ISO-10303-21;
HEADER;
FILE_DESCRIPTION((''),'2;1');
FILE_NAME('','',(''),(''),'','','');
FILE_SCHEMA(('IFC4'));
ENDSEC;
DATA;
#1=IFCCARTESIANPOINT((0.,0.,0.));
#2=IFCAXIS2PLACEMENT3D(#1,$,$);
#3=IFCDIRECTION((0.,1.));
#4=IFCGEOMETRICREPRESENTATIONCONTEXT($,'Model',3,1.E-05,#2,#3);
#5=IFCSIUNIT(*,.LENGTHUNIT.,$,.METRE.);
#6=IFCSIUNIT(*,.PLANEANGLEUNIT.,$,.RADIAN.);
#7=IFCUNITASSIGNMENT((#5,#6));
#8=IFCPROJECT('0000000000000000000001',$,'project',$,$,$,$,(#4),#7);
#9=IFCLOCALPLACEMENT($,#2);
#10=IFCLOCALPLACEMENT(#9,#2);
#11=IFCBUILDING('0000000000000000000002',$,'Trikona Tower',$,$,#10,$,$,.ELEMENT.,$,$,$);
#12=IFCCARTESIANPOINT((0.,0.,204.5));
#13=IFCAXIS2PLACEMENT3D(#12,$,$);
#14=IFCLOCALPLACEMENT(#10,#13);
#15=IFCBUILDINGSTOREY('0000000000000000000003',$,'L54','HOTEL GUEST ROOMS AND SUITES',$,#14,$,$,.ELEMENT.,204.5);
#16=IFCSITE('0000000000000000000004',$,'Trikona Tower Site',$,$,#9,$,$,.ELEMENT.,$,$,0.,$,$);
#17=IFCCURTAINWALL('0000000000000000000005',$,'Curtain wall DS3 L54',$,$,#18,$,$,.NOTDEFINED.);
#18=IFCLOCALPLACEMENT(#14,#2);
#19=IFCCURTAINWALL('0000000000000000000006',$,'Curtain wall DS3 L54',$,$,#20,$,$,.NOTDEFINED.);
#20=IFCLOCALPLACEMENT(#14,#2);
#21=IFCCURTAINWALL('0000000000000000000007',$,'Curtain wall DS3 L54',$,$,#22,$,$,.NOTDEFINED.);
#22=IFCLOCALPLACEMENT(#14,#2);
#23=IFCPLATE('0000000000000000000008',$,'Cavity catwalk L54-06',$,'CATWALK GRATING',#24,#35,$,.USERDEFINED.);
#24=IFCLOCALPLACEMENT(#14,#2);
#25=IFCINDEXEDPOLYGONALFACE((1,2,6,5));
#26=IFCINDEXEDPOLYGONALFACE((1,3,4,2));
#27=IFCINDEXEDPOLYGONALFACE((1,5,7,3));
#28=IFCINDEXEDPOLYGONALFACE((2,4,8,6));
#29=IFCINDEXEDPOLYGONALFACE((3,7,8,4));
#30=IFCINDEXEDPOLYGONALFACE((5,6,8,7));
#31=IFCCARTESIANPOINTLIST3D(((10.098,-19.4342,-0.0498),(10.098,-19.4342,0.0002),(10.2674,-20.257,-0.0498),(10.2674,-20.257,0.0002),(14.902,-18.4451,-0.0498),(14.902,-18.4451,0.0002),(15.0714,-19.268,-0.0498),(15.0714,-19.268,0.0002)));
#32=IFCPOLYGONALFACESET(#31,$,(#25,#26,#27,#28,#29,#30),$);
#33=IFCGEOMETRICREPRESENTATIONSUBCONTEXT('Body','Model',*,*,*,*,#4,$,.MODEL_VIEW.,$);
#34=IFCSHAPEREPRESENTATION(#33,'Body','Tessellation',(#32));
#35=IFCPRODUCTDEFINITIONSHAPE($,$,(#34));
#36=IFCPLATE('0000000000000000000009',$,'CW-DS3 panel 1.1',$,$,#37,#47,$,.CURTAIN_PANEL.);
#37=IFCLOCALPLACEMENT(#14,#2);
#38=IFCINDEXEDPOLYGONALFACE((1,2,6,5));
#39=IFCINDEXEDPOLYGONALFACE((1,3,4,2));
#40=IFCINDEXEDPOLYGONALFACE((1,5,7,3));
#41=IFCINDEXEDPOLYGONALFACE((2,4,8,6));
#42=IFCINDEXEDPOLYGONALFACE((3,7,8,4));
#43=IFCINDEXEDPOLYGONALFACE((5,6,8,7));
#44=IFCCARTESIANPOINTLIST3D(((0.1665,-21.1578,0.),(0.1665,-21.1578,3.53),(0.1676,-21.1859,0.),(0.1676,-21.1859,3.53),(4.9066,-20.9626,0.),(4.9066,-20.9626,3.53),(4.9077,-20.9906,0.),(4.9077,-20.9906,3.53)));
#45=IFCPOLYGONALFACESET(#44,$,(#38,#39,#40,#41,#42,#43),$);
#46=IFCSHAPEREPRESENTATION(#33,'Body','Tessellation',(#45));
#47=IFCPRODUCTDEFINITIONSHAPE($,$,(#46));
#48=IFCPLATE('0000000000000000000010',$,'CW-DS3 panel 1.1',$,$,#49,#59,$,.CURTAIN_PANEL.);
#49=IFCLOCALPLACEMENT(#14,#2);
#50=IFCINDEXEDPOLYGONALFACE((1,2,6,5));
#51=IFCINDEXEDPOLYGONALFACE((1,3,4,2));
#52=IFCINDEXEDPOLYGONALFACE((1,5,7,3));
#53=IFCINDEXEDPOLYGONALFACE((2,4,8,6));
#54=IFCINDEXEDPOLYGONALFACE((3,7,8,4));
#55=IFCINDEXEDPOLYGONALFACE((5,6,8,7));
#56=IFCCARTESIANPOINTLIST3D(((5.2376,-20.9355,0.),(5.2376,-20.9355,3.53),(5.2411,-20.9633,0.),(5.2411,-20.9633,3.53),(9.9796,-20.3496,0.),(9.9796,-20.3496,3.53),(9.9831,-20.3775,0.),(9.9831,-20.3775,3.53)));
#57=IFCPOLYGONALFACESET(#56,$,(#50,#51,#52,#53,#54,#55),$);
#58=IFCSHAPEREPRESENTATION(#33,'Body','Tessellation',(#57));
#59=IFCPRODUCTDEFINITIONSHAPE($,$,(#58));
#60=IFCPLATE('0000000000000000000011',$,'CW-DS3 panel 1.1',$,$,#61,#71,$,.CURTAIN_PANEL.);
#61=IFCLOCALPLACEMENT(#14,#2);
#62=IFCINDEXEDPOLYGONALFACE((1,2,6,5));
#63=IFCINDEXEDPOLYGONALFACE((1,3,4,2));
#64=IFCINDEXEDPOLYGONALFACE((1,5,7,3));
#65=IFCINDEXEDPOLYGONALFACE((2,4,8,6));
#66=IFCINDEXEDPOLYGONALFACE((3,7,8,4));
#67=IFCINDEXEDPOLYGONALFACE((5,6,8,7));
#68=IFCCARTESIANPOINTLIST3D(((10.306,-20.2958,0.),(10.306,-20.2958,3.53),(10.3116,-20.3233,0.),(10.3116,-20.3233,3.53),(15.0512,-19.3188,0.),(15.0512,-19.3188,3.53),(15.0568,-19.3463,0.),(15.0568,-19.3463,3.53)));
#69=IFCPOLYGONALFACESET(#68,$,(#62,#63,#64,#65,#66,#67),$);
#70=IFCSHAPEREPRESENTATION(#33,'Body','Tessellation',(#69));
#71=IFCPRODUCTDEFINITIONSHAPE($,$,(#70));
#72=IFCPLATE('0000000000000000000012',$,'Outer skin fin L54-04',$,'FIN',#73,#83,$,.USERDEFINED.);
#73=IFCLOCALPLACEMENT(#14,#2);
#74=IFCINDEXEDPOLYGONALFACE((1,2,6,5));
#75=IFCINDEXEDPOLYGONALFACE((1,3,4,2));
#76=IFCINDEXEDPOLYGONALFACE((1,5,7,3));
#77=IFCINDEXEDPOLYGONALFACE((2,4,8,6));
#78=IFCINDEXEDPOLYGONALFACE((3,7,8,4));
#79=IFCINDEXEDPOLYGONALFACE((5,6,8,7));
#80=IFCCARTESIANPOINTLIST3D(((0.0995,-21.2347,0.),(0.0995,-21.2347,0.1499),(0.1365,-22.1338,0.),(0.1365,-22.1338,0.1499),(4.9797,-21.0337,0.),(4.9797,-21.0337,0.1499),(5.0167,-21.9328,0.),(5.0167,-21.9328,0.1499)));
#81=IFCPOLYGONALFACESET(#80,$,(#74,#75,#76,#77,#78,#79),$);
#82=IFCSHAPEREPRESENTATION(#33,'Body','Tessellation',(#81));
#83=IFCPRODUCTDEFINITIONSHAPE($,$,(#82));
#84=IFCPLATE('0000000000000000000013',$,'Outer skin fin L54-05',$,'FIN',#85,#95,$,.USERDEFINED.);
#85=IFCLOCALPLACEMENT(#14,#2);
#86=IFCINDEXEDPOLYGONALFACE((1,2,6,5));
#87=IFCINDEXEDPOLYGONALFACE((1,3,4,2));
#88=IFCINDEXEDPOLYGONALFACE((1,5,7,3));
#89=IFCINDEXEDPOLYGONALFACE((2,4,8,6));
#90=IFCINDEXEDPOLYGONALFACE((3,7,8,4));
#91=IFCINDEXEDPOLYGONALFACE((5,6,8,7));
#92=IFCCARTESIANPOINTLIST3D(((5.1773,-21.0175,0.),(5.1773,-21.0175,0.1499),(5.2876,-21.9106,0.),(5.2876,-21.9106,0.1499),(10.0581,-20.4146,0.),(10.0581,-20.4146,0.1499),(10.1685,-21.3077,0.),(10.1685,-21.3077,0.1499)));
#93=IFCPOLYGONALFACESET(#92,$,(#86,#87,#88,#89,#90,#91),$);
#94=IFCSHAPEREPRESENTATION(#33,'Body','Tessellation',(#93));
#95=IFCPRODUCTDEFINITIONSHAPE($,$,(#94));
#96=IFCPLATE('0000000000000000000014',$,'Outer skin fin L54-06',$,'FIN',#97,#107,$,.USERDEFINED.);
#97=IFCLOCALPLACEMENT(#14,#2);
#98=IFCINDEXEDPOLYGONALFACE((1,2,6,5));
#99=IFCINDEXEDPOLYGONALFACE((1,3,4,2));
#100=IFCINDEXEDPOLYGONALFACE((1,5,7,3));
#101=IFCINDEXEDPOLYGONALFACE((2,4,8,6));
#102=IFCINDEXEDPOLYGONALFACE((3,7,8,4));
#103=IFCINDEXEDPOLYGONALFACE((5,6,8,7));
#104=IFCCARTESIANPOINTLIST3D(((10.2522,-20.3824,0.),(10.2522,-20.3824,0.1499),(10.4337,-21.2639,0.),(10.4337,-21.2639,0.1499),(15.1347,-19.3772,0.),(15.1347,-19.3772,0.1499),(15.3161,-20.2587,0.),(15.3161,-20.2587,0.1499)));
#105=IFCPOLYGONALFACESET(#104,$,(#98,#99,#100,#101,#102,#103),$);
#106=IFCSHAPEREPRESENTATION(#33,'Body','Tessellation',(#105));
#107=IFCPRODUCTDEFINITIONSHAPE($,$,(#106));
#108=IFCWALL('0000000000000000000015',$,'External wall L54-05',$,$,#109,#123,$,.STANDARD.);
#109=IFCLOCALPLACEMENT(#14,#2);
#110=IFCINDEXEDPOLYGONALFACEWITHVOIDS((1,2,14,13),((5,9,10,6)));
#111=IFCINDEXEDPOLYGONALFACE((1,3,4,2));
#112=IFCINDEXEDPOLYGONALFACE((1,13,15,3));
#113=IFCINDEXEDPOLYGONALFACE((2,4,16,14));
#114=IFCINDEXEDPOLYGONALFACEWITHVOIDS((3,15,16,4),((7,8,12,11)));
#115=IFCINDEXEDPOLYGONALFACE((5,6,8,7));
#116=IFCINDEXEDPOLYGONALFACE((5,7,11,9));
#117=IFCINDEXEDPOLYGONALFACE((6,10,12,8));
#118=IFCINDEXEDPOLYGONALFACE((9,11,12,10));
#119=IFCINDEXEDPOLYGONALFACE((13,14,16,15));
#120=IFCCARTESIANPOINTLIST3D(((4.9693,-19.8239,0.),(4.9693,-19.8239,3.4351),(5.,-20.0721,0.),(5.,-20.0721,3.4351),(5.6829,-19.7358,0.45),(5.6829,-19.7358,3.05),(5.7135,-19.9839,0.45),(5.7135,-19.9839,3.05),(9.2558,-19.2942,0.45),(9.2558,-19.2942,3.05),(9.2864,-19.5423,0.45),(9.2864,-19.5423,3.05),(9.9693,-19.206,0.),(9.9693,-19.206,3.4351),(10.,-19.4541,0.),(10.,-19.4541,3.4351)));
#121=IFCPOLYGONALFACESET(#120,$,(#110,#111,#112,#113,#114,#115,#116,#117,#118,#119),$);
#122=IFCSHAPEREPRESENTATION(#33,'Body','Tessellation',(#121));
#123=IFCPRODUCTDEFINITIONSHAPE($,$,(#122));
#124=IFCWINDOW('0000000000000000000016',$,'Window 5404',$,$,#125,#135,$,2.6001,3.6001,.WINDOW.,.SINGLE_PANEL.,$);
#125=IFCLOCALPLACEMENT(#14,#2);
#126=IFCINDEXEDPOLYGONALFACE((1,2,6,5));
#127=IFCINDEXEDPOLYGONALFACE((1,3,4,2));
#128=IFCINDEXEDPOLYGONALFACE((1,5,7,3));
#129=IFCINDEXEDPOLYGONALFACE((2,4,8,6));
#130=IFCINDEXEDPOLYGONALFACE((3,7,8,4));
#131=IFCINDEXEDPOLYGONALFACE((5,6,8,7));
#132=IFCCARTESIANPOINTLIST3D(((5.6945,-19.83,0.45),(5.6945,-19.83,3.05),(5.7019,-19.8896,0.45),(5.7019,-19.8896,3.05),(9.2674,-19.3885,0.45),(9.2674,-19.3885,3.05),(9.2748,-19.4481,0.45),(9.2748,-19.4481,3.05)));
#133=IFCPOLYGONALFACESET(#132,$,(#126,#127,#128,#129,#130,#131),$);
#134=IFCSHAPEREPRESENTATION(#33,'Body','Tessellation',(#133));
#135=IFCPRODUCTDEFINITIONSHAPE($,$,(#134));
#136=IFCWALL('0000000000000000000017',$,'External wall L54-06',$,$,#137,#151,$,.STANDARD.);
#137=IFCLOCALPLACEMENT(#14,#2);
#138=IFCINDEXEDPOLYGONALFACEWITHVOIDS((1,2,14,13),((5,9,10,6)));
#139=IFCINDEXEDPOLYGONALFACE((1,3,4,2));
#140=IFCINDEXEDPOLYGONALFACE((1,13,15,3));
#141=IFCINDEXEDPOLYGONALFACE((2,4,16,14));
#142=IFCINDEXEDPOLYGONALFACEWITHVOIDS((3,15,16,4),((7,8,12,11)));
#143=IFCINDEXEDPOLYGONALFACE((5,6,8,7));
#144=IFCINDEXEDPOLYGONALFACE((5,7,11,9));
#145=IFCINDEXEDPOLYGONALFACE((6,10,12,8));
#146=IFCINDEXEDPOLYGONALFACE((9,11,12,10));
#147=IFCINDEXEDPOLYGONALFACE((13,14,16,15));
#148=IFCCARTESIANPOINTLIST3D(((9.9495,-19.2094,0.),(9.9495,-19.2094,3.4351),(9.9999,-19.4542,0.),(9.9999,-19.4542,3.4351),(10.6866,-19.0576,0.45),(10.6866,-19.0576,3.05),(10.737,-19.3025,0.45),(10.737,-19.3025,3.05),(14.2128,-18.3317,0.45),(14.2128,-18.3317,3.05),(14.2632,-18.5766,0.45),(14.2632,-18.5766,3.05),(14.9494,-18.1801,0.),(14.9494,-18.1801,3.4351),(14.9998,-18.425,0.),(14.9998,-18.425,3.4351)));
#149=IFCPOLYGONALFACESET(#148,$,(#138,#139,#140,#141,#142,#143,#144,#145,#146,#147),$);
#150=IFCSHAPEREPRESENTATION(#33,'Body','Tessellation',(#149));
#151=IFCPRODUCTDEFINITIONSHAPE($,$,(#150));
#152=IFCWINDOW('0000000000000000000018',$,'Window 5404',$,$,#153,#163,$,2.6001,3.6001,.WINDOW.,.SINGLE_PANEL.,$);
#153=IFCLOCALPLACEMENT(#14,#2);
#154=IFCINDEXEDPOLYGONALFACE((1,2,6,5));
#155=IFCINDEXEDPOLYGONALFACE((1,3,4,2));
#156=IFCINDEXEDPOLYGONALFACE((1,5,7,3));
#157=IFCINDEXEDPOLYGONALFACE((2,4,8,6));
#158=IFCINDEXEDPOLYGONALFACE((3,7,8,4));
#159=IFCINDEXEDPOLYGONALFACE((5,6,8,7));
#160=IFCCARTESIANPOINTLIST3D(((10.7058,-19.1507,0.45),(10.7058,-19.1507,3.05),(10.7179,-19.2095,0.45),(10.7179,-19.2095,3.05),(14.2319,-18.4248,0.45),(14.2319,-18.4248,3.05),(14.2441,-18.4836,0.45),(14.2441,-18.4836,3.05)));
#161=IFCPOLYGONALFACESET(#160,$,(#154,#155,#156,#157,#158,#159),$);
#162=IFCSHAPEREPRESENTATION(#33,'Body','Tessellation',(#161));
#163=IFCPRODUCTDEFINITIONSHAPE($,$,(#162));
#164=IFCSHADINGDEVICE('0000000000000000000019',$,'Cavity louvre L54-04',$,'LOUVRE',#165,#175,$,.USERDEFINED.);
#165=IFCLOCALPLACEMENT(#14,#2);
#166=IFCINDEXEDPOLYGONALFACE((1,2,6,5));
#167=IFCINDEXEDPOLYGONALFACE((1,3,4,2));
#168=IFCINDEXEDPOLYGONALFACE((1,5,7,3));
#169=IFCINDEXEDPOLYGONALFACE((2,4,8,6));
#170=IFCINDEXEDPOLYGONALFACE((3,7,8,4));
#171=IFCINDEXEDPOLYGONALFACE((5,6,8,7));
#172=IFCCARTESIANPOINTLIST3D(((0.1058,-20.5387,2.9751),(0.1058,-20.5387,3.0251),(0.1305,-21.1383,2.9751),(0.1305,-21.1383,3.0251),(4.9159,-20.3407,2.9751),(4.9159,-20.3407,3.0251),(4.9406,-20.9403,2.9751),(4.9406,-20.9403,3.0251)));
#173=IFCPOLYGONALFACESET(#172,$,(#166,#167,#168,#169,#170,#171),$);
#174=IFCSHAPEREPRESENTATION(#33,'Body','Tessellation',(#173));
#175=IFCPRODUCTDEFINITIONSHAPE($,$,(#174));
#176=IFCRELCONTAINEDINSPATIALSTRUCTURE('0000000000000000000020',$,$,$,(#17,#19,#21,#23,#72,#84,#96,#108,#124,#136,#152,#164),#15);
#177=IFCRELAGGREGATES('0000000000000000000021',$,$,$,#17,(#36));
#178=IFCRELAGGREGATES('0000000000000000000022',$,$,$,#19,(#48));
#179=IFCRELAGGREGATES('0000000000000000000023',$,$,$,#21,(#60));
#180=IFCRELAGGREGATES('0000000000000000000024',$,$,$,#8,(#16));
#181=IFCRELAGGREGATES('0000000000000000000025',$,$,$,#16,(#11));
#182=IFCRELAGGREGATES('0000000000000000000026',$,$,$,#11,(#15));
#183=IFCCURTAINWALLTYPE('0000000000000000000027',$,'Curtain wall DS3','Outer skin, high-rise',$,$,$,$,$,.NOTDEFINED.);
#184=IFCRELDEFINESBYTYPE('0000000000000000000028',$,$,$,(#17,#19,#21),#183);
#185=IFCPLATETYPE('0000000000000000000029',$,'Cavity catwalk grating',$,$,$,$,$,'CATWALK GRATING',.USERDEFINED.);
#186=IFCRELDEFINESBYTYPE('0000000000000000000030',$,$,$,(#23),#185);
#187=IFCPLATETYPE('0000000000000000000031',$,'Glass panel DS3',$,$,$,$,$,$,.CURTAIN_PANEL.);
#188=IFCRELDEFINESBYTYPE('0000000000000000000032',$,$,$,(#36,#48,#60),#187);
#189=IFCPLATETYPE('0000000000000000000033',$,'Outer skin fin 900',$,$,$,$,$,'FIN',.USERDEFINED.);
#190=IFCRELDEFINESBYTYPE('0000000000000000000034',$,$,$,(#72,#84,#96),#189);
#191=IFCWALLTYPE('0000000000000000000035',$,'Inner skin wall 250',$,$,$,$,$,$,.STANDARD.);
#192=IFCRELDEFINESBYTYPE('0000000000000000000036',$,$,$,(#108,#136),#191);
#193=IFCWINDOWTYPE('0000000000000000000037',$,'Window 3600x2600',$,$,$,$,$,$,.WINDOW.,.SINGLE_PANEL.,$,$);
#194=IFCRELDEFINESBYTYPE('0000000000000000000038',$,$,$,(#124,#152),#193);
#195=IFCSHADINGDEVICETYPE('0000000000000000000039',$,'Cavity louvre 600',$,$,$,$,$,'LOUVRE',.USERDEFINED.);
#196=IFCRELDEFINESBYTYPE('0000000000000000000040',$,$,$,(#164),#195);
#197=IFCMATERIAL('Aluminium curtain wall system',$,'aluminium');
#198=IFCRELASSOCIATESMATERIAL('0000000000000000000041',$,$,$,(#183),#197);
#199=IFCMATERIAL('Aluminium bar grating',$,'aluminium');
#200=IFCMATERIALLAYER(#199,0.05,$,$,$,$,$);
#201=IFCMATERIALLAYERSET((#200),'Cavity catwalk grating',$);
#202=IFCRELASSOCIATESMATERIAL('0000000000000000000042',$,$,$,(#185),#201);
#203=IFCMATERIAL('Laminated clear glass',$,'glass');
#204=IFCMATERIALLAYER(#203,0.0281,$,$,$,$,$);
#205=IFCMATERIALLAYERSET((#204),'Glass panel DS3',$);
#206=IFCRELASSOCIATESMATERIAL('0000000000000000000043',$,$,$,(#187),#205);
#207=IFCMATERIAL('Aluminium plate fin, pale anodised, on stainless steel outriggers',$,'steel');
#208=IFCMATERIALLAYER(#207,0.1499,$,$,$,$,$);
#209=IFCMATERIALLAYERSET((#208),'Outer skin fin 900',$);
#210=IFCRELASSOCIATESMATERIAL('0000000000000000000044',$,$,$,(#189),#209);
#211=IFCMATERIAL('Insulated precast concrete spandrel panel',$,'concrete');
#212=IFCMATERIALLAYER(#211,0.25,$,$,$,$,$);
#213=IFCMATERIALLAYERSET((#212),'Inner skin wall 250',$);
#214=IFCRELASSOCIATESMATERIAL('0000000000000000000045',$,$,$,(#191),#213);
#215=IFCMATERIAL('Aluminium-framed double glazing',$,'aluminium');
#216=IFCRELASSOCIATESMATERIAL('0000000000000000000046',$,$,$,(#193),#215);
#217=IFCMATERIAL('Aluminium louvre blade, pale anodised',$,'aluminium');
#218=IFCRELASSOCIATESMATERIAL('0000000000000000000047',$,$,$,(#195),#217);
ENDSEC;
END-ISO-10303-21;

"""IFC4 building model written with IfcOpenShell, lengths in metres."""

from ifc_helpers import new_model, si_unit, direction, frame, frame_2d, origin, origin_2d, place, context, subcontext, project, spatial, rectangle, extrude, material, layer, layer_set, type_object, element, fill, aggregate, save


model = new_model("IFC4")

# Units and contexts
model_context = context("Model", 3, precision=1e-05, world=origin(), true_north=direction((0.0, 1.0)))
body_context = subcontext(model_context, "Body", "Model", "MODEL_VIEW")
ifc_project = project(units=[si_unit("LENGTHUNIT", "METRE"), si_unit("PLANEANGLEUNIT", "RADIAN")], contexts=[model_context])

# Site, building, storey
site_placement = place(None, origin())
site = spatial("IfcSite", under=ifc_project, at=site_placement, Name="Trikona Tower Site", CompositionType="ELEMENT", RefElevation=0.0)
building_placement = place(site_placement, origin())
building = spatial("IfcBuilding", under=site, at=building_placement, Name="Trikona Tower", CompositionType="ELEMENT")
storey_placement = place(building_placement, frame((0.0, 0.0, 204.5)))
storey = spatial("IfcBuildingStorey", under=building, at=storey_placement, Name="L54", Description="HOTEL GUEST ROOMS AND SUITES", CompositionType="ELEMENT", Elevation=204.5)

# Curtain walls
ifc_material_1 = material(Name="Aluminium curtain wall system", Category="aluminium")
curtain_wall_type = type_object("IfcCurtainWallType", Name="Curtain wall DS3", Description="Outer skin, high-rise", PredefinedType="NOTDEFINED", material=ifc_material_1)
curtain_wall_1_placement = place(storey_placement, origin())
curtain_wall_1 = element("IfcCurtainWall", 1, at=curtain_wall_1_placement, inside=storey, type_object=curtain_wall_type, Name="Curtain wall DS3 L54", PredefinedType="NOTDEFINED")
curtain_wall_2_placement = place(storey_placement, origin())
curtain_wall_2 = element("IfcCurtainWall", 2, at=curtain_wall_2_placement, inside=storey, type_object=curtain_wall_type, Name="Curtain wall DS3 L54", PredefinedType="NOTDEFINED")

# Curtain wall
curtain_wall_3_placement = place(storey_placement, origin())
curtain_wall_3 = element("IfcCurtainWall", 3, at=curtain_wall_3_placement, inside=storey, type_object=curtain_wall_type, Name="Curtain wall DS3 L54", PredefinedType="NOTDEFINED")

# Plate
ifc_material_2 = material(Name="Aluminium bar grating", Category="aluminium")
ifc_layer_1 = layer(ifc_material_2, 0.05)
ifc_layer_set_1 = layer_set([ifc_layer_1], Name="Cavity catwalk grating")
plate_type_1 = type_object("IfcPlateType", Name="Cavity catwalk grating", ElementType="CATWALK GRATING", PredefinedType="USERDEFINED", material=ifc_layer_set_1)
plate_1_placement = place(storey_placement, frame((12.5847, -19.3511, -0.0498), z_axis=(0.0, 0.0, 1.0), x_axis=(0.979458, 0.201651, 0.0)))
element("IfcPlate", 4, at=plate_1_placement, inside=storey, type_object=plate_type_1, Name="Cavity catwalk L54-06", ObjectType="CATWALK GRATING", PredefinedType="USERDEFINED", context=body_context, shape_type="SweptSolid", body=[
    extrude(rectangle(XDim=4.9048, YDim=0.8401, at=origin_2d()), origin(), (0.0, 0.0, 1.0), 0.05),
])

# Plates
ifc_material_3 = material(Name="Laminated clear glass", Category="glass")
ifc_layer_2 = layer(ifc_material_3, 0.0281)
ifc_layer_set_2 = layer_set([ifc_layer_2], Name="Glass panel DS3")
plate_type_2 = type_object("IfcPlateType", Name="Glass panel DS3", PredefinedType="CURTAIN_PANEL", material=ifc_layer_set_2)
plate_2_placement = place(storey_placement, frame((2.5371, -21.0742, 0.0), z_axis=(0.0, 0.0, 1.0), x_axis=(0.999153, 0.041153, 0.0)))
plate_2 = element("IfcPlate", 5, at=plate_2_placement, type_object=plate_type_2, Name="CW-DS3 panel 1.1", PredefinedType="CURTAIN_PANEL", context=body_context, shape_type="SweptSolid", body=[
    extrude(rectangle(XDim=4.7441, YDim=0.0281, at=origin_2d()), origin(), (0.0, 0.0, 1.0), 3.53),
])
aggregate(curtain_wall_1, [plate_2])
plate_3_placement = place(storey_placement, frame((7.6104, -20.6565, 0.0), z_axis=(0.0, 0.0, 1.0), x_axis=(0.992455, 0.122611, 0.0)))
plate_3 = element("IfcPlate", 6, at=plate_3_placement, type_object=plate_type_2, Name="CW-DS3 panel 1.1", PredefinedType="CURTAIN_PANEL", context=body_context, shape_type="SweptSolid", body=[
    extrude(rectangle(XDim=4.7781, YDim=0.0281, at=origin_2d()), origin(), (0.0, 0.0, 1.0), 3.53),
])
aggregate(curtain_wall_2, [plate_3])
plate_4_placement = place(storey_placement, frame((12.6814, -19.821, 0.0), z_axis=(0.0, 0.0, 1.0), x_axis=(0.979457, 0.201653, 0.0)))
plate_4 = element("IfcPlate", 7, at=plate_4_placement, type_object=plate_type_2, Name="CW-DS3 panel 1.1", PredefinedType="CURTAIN_PANEL", context=body_context, shape_type="SweptSolid", body=[
    extrude(rectangle(XDim=4.8447, YDim=0.0281, at=origin_2d()), origin(), (0.0, 0.0, 1.0), 3.53),
])
aggregate(curtain_wall_3, [plate_4])

# Plates
ifc_material_4 = material(Name="Aluminium plate fin, pale anodised, on stainless steel outriggers", Category="steel")
ifc_layer_3 = layer(ifc_material_4, 0.1499)
ifc_layer_set_3 = layer_set([ifc_layer_3], Name="Outer skin fin 900")
plate_type_3 = type_object("IfcPlateType", Name="Outer skin fin 900", ElementType="FIN", PredefinedType="USERDEFINED", material=ifc_layer_set_3)
plate_5_placement = place(storey_placement, frame((2.5581, -21.5837, 0.0), z_axis=(0.0, 0.0, 1.0), x_axis=(0.999153, 0.041145, 0.0)))
element("IfcPlate", 8, at=plate_5_placement, inside=storey, type_object=plate_type_3, Name="Outer skin fin L54-04", ObjectType="FIN", PredefinedType="USERDEFINED", context=body_context, shape_type="SweptSolid", body=[
    extrude(rectangle(XDim=4.8843, YDim=0.8999, at=origin_2d()), origin(), (0.0, 0.0, 1.0), 0.1499),
])
plate_6_placement = place(storey_placement, frame((7.6729, -21.1626, 0.0), z_axis=(0.0, 0.0, 1.0), x_axis=(0.992455, 0.122607, 0.0)))
element("IfcPlate", 9, at=plate_6_placement, inside=storey, type_object=plate_type_3, Name="Outer skin fin L54-05", ObjectType="FIN", PredefinedType="USERDEFINED", context=body_context, shape_type="SweptSolid", body=[
    extrude(rectangle(XDim=4.918, YDim=0.8999, at=origin_2d()), origin(), (0.0, 0.0, 1.0), 0.1499),
])
plate_7_placement = place(storey_placement, frame((12.7842, -20.3206, 0.0), z_axis=(0.0, 0.0, 1.0), x_axis=(0.979458, 0.201651, 0.0)))
element("IfcPlate", 10, at=plate_7_placement, inside=storey, type_object=plate_type_3, Name="Outer skin fin L54-06", ObjectType="FIN", PredefinedType="USERDEFINED", context=body_context, shape_type="SweptSolid", body=[
    extrude(rectangle(XDim=4.9849, YDim=0.8999, at=origin_2d()), origin(), (0.0, 0.0, 1.0), 0.1499),
])

# Walls, openings, windows
ifc_material_5 = material(Name="Insulated precast concrete spandrel panel", Category="concrete")
ifc_layer_4 = layer(ifc_material_5, 0.25)
ifc_layer_set_4 = layer_set([ifc_layer_4], Name="Inner skin wall 250")
wall_type = type_object("IfcWallType", Name="Inner skin wall 250", PredefinedType="STANDARD", material=ifc_layer_set_4)
wall_1_placement = place(storey_placement, frame((4.9846, -19.948, 0.0), z_axis=(0.0, 0.0, 1.0), x_axis=(0.99245, 0.122651, 0.0)))
wall_1 = element("IfcWall", 11, at=wall_1_placement, inside=storey, type_object=wall_type, Name="External wall L54-05", PredefinedType="STANDARD", context=body_context, shape_type="SweptSolid", body=[
    extrude(rectangle(XDim=5.0381, YDim=0.25, at=frame_2d((2.519, 0.0))), origin(), (0.0, 0.0, 1.0), 3.4351),
])
opening_1_placement = place(wall_1_placement, frame((0.719, 0.0, 0.45)))
opening_1 = element("IfcOpeningElement", 12, at=opening_1_placement, cuts=wall_1, PredefinedType="OPENING", context=body_context, shape_type="SweptSolid", body=[
    extrude(rectangle(XDim=3.6001, YDim=2.6001, at=frame_2d((1.8, 1.3))), frame((0.0, 0.135, 0.0), z_axis=(0.0, -1.0, 0.0), x_axis=(1.0, 0.0, 0.0)), (0.0, 0.0, 1.0), 0.27),
])
ifc_material_6 = material(Name="Aluminium-framed double glazing", Category="aluminium")
window_type = type_object("IfcWindowType", Name="Window 3600x2600", PartitioningType="SINGLE_PANEL", PredefinedType="WINDOW", material=ifc_material_6)
window_1_placement = place(opening_1_placement, origin())
window_1 = element("IfcWindow", 13, at=window_1_placement, inside=storey, type_object=window_type, Name="Window 5404", OverallHeight=2.6001, OverallWidth=3.6001, PartitioningType="SINGLE_PANEL", PredefinedType="WINDOW", context=body_context, shape_type="SweptSolid", body=[
    extrude(rectangle(XDim=3.6001, YDim=2.6001, at=frame_2d((1.8, 1.3))), frame((0.0, 0.03, 0.0), z_axis=(0.0, -1.0, 0.0), x_axis=(1.0, 0.0, 0.0)), (0.0, 0.0, 1.0), 0.0601),
])
fill(opening_1, window_1)
wall_2_placement = place(storey_placement, frame((9.9749, -19.3318, 0.0), z_axis=(0.0, 0.0, 1.0), x_axis=(0.979461, 0.201631, 0.0)))
wall_2 = element("IfcWall", 14, at=wall_2_placement, inside=storey, type_object=wall_type, Name="External wall L54-06", PredefinedType="STANDARD", context=body_context, shape_type="SweptSolid", body=[
    extrude(rectangle(XDim=5.1047, YDim=0.25, at=frame_2d((2.5522, 0.0))), origin(), (0.0, 0.0, 1.0), 3.4351),
])
opening_2_placement = place(wall_2_placement, frame((0.7524, 0.0, 0.45)))
opening_2 = element("IfcOpeningElement", 15, at=opening_2_placement, cuts=wall_2, PredefinedType="OPENING", context=body_context, shape_type="SweptSolid", body=[
    extrude(rectangle(XDim=3.6001, YDim=2.6001, at=frame_2d((1.8, 1.3))), frame((0.0, 0.135, 0.0), z_axis=(0.0, -1.0, 0.0), x_axis=(1.0, 0.0, 0.0)), (0.0, 0.0, 1.0), 0.27),
])
window_2_placement = place(opening_2_placement, origin())
window_2 = element("IfcWindow", 16, at=window_2_placement, inside=storey, type_object=window_type, Name="Window 5404", OverallHeight=2.6001, OverallWidth=3.6001, PartitioningType="SINGLE_PANEL", PredefinedType="WINDOW", context=body_context, shape_type="SweptSolid", body=[
    extrude(rectangle(XDim=3.6001, YDim=2.6001, at=frame_2d((1.8, 1.3))), frame((0.0, 0.03, 0.0), z_axis=(0.0, -1.0, 0.0), x_axis=(1.0, 0.0, 0.0)), (0.0, 0.0, 1.0), 0.0601),
])
fill(opening_2, window_2)

# Shading device
ifc_material_7 = material(Name="Aluminium louvre blade, pale anodised", Category="aluminium")
shading_device_type = type_object("IfcShadingDeviceType", Name="Cavity louvre 600", ElementType="LOUVRE", PredefinedType="USERDEFINED", material=ifc_material_7)
shading_device_1_placement = place(storey_placement, frame((2.5232, -20.7395, 2.9751), z_axis=(0.0, 0.0, 1.0), x_axis=(0.999153, 0.041145, 0.0)))
element("IfcShadingDevice", 17, at=shading_device_1_placement, inside=storey, type_object=shading_device_type, Name="Cavity louvre L54-04", ObjectType="LOUVRE", PredefinedType="USERDEFINED", context=body_context, shape_type="SweptSolid", body=[
    extrude(rectangle(XDim=4.8142, YDim=0.6001, at=origin_2d()), origin(), (0.0, 0.0, 1.0), 0.05),
])

save(model, "model.ifc")
